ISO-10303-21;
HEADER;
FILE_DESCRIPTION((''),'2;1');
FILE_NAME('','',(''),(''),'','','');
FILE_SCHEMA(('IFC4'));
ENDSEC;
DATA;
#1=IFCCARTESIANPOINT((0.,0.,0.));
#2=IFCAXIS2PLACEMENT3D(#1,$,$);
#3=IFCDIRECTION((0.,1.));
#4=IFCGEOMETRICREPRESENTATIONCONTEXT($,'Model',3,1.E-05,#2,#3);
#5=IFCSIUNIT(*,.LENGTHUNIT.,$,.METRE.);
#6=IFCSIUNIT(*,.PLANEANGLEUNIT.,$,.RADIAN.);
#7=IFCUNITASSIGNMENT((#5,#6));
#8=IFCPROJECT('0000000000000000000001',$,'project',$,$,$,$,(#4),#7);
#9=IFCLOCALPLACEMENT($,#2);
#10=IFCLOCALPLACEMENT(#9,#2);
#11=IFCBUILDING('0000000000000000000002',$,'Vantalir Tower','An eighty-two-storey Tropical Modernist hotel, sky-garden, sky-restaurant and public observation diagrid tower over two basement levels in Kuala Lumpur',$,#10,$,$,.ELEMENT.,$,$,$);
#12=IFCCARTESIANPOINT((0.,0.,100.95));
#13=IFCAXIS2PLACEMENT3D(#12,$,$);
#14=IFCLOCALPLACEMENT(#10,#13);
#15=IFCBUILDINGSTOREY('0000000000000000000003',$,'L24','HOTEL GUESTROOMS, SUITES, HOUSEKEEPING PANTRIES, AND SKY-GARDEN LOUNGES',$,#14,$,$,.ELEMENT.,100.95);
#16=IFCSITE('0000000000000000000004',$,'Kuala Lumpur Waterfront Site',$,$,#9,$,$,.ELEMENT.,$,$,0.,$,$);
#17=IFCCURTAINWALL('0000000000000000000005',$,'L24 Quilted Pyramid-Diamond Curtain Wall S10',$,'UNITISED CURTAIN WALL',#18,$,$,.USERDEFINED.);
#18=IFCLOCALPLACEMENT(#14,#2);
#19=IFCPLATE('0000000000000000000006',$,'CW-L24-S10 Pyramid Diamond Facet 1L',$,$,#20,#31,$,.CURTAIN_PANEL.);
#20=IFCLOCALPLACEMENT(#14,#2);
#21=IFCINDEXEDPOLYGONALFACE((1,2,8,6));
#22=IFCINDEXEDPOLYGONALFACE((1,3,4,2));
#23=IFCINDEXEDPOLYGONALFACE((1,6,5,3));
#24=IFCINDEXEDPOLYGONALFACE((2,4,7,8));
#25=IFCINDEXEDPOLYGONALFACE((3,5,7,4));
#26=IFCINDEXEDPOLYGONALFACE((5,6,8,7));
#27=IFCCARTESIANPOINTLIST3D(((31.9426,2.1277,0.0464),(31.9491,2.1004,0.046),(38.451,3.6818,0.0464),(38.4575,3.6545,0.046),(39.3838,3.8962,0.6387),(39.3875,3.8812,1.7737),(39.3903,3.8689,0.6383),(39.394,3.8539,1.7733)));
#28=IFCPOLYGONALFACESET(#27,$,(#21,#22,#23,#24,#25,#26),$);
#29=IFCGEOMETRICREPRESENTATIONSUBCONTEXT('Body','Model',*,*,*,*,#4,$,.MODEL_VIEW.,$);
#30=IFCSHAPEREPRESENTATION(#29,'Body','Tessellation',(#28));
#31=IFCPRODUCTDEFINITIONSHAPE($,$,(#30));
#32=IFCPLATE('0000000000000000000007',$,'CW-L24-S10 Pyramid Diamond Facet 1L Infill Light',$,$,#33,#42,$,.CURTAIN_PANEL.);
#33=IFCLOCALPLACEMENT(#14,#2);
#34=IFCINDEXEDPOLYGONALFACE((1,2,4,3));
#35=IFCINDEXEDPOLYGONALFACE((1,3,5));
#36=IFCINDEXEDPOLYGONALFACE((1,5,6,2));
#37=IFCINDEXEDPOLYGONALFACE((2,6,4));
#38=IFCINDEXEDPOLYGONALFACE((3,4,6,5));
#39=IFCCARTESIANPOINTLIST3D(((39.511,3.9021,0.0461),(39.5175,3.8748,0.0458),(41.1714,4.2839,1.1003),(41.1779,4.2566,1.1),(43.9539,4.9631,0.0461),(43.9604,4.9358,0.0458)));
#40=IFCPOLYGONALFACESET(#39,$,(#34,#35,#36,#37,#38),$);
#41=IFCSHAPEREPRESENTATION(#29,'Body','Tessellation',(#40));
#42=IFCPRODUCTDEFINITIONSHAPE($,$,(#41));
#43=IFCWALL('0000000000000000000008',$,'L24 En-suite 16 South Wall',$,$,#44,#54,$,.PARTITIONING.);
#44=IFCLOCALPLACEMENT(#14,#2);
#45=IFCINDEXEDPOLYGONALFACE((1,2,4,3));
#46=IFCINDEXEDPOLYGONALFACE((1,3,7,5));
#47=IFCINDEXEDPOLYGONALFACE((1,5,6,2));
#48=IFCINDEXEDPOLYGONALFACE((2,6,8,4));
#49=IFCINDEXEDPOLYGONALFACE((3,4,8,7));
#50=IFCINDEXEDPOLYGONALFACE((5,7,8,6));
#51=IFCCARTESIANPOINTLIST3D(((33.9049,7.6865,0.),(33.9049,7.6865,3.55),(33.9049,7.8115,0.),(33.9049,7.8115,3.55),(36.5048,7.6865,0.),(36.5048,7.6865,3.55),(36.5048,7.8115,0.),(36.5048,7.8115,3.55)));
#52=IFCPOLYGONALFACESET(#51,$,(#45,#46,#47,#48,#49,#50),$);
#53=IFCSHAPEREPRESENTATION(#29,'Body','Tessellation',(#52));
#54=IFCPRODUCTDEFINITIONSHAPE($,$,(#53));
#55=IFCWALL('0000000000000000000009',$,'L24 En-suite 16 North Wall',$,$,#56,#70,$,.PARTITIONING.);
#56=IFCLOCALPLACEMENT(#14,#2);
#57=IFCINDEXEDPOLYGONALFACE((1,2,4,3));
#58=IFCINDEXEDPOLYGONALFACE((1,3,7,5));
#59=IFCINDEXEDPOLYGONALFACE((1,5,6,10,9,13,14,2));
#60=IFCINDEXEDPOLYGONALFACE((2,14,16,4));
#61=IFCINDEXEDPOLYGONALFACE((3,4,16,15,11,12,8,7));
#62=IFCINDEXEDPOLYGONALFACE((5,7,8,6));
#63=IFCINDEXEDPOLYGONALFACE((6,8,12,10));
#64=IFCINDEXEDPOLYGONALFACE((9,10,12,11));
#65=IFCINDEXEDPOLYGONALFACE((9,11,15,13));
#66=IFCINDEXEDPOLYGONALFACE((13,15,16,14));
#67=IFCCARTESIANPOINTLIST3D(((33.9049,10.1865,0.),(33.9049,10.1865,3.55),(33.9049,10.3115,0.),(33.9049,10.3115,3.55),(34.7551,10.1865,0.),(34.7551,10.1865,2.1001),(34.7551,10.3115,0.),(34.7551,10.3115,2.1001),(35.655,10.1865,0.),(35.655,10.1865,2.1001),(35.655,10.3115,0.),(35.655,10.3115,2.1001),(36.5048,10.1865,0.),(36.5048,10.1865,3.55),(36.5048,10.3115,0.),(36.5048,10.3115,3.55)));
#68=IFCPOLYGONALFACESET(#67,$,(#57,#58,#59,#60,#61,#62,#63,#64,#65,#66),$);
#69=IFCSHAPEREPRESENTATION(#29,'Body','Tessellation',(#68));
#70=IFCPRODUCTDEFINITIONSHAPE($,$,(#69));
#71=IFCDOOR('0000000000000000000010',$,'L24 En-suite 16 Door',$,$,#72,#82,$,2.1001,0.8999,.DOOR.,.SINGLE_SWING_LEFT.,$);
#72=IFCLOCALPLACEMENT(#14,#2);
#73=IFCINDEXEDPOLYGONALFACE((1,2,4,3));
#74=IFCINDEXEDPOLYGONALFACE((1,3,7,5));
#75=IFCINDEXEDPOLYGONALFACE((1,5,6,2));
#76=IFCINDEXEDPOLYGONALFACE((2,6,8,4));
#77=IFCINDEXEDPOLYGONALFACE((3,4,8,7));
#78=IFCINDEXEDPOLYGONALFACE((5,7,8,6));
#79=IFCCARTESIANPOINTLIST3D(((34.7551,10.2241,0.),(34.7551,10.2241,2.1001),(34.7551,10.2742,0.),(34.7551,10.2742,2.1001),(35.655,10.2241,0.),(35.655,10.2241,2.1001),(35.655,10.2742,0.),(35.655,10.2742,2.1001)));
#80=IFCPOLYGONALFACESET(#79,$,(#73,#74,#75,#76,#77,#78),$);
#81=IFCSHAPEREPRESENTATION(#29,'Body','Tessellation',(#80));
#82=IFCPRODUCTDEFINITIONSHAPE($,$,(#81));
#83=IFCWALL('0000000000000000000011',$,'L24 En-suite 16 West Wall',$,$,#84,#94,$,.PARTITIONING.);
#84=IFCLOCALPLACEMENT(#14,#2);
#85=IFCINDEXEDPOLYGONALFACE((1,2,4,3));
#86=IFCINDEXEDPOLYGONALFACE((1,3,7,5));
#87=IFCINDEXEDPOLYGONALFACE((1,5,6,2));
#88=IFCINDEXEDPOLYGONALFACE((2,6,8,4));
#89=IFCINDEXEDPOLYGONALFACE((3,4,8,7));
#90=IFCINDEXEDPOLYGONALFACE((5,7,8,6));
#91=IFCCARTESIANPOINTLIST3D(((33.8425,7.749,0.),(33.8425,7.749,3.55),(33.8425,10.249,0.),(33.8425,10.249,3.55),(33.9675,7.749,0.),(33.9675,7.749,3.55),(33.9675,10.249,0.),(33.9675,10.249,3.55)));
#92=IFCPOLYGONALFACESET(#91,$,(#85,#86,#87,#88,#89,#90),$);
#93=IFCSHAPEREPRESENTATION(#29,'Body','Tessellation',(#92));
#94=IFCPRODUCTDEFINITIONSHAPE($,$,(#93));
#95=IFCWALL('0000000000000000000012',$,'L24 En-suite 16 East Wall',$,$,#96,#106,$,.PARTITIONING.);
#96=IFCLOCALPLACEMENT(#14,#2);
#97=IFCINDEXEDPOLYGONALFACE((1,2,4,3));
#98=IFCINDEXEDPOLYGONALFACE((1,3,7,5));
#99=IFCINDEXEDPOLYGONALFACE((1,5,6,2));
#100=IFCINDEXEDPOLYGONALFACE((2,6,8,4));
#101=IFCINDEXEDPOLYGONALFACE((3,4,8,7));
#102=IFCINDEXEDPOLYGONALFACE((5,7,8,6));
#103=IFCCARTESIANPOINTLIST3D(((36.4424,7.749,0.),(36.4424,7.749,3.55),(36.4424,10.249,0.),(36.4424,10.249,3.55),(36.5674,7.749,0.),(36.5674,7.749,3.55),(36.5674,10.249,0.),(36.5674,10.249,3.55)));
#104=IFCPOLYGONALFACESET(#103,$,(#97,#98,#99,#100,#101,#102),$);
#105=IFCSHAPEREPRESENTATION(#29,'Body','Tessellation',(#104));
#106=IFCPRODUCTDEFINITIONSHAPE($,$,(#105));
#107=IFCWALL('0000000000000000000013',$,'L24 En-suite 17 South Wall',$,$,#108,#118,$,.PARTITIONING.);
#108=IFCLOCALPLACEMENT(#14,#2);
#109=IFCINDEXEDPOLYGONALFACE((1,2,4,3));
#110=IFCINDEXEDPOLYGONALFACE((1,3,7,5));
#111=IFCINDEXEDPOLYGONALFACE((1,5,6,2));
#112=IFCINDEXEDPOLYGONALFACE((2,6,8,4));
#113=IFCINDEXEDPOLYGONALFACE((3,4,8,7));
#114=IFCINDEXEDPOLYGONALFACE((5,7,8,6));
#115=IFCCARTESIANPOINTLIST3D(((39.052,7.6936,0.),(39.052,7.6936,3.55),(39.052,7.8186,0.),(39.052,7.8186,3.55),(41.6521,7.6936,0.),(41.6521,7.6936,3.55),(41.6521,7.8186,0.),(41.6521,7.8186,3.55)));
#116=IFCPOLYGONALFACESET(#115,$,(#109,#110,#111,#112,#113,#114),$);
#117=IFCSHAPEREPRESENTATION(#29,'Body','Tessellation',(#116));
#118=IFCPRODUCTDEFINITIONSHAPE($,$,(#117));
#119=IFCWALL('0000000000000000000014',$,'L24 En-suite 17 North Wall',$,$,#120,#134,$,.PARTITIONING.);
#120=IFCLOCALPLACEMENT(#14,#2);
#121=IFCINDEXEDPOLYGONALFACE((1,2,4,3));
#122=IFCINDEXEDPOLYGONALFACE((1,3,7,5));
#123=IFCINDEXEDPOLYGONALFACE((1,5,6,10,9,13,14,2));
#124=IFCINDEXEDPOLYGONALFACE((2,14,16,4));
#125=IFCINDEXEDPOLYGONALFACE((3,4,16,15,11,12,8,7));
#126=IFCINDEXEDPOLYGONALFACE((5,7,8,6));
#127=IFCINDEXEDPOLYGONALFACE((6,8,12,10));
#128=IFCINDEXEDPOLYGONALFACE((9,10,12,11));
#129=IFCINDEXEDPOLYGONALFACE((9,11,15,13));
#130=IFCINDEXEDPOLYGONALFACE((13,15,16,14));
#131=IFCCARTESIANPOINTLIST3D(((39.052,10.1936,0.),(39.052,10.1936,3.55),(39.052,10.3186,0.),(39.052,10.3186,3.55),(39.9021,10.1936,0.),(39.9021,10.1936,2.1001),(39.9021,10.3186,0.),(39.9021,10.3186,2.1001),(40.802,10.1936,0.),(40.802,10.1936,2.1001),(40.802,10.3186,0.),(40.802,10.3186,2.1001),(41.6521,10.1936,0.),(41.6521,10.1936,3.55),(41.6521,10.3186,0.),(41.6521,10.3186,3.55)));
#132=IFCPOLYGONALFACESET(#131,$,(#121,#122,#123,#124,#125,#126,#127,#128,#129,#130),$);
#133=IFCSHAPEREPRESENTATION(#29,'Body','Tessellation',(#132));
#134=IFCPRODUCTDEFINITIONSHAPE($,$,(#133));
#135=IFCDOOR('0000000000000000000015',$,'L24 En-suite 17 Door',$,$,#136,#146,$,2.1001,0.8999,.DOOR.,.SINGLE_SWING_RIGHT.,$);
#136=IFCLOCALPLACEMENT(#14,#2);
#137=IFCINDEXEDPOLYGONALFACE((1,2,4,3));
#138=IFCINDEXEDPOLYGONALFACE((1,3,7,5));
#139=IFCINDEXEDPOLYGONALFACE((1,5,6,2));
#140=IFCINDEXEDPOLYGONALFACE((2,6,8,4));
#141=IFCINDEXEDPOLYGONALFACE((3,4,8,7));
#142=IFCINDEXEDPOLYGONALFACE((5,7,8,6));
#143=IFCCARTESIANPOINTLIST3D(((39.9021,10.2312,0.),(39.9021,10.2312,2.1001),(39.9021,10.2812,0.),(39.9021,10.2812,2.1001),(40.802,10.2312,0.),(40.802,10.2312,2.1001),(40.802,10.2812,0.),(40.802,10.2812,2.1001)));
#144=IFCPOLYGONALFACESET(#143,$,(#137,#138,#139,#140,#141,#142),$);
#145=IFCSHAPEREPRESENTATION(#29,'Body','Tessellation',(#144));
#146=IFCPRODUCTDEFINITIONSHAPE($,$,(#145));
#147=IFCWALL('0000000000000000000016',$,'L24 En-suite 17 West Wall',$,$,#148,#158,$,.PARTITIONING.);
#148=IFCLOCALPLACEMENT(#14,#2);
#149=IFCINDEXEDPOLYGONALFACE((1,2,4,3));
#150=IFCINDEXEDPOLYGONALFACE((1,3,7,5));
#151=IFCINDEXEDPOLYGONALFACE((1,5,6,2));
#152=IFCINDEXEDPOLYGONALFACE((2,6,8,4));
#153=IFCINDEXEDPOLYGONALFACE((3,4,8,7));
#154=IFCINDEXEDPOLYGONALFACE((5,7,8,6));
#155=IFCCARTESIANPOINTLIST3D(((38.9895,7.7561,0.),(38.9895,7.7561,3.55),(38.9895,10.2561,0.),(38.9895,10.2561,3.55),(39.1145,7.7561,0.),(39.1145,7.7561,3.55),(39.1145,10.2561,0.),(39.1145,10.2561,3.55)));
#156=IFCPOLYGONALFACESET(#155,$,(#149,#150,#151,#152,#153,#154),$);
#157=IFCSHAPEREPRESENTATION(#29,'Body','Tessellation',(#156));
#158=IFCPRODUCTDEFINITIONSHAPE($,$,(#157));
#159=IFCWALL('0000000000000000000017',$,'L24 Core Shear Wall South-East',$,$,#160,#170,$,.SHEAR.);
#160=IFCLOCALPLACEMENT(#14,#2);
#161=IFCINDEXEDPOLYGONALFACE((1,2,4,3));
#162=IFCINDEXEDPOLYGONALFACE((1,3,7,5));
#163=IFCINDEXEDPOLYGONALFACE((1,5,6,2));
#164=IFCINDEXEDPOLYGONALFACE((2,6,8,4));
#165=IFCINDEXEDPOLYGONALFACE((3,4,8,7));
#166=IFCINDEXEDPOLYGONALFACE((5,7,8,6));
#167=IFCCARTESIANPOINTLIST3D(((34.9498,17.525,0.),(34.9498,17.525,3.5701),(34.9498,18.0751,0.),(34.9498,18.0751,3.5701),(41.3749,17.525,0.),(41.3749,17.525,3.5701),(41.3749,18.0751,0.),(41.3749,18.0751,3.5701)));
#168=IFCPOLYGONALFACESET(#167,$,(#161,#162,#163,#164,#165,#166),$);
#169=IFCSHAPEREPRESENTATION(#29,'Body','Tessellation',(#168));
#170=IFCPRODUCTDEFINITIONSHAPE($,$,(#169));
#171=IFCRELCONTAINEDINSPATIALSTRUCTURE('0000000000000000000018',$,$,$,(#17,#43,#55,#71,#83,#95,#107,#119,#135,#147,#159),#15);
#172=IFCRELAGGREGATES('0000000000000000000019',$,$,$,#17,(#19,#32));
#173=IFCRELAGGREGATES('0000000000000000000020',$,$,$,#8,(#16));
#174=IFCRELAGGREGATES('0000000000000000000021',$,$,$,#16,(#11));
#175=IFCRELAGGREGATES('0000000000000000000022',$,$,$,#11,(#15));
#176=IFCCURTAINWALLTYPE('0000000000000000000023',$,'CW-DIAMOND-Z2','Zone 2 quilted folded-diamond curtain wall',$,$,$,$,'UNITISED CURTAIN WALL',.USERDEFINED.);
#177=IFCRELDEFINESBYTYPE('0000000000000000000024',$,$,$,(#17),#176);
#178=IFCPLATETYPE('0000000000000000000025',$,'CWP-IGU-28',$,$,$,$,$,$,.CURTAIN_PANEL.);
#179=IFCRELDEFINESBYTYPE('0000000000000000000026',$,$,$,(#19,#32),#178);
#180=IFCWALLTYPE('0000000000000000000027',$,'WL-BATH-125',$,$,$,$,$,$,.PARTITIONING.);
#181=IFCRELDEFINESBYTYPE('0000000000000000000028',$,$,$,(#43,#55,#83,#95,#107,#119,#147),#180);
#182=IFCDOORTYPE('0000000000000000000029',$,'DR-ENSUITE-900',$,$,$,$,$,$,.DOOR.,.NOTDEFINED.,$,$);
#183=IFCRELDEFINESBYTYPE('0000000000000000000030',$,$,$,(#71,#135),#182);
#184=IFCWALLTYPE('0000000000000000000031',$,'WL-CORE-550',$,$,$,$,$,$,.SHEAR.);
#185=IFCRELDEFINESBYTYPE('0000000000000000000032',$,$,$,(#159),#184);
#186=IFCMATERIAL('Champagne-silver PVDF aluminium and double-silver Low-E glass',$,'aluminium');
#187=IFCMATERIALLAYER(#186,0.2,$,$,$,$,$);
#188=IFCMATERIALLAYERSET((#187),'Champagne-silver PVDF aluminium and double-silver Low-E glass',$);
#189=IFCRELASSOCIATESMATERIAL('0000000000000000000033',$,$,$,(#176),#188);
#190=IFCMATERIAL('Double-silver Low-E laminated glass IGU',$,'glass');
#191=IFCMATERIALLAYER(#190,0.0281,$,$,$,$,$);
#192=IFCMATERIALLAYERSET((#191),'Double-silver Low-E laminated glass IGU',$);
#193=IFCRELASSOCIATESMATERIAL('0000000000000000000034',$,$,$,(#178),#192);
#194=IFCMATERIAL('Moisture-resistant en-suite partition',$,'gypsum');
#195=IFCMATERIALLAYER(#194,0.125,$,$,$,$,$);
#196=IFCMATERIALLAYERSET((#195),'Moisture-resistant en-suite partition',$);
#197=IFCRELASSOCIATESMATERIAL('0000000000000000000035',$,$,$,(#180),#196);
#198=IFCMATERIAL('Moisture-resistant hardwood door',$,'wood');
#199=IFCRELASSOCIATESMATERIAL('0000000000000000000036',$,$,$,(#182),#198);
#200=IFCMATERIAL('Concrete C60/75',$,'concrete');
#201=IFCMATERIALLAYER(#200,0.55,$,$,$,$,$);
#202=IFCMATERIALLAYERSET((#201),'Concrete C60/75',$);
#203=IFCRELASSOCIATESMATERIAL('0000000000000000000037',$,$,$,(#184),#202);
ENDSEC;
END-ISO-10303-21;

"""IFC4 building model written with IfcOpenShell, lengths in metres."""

from ifc_helpers import new_model, si_unit, direction, frame, frame_2d, origin, place, context, subcontext, project, spatial, polyline, rectangle, outline, extrude, material, layer, layer_set, type_object, element, fill, aggregate, save


model = new_model("IFC4")

# Units and contexts
model_context = context("Model", 3, precision=1e-05, world=origin(), true_north=direction((0.0, 1.0)))
body_context = subcontext(model_context, "Body", "Model", "MODEL_VIEW")
ifc_project = project(units=[si_unit("LENGTHUNIT", "METRE"), si_unit("PLANEANGLEUNIT", "RADIAN")], contexts=[model_context])

# Site, building, storey
site_placement = place(None, origin())
site = spatial("IfcSite", under=ifc_project, at=site_placement, Name="Kuala Lumpur Waterfront Site", CompositionType="ELEMENT", RefElevation=0.0)
building_placement = place(site_placement, origin())
building = spatial("IfcBuilding", under=site, at=building_placement, Name="Vantalir Tower", Description="An eighty-two-storey Tropical Modernist hotel, sky-garden, sky-restaurant and public observation diagrid tower over two basement levels in Kuala Lumpur", CompositionType="ELEMENT")
storey_placement = place(building_placement, frame((0.0, 0.0, 100.95)))
storey = spatial("IfcBuildingStorey", under=building, at=storey_placement, Name="L24", Description="HOTEL GUESTROOMS, SUITES, HOUSEKEEPING PANTRIES, AND SKY-GARDEN LOUNGES", CompositionType="ELEMENT", Elevation=100.95)

# Curtain wall, plates
ifc_material_1 = material(Name="Champagne-silver PVDF aluminium and double-silver Low-E glass", Category="aluminium")
ifc_layer_1 = layer(ifc_material_1, 0.2)
ifc_layer_set_1 = layer_set([ifc_layer_1], Name="Champagne-silver PVDF aluminium and double-silver Low-E glass")
curtain_wall_type = type_object("IfcCurtainWallType", Name="CW-DIAMOND-Z2", Description="Zone 2 quilted folded-diamond curtain wall", ElementType="UNITISED CURTAIN WALL", PredefinedType="USERDEFINED", material=ifc_layer_set_1)
curtain_wall_placement = place(storey_placement, origin())
curtain_wall = element("IfcCurtainWall", 1, at=curtain_wall_placement, inside=storey, type_object=curtain_wall_type, Name="L24 Quilted Pyramid-Diamond Curtain Wall S10", ObjectType="UNITISED CURTAIN WALL", PredefinedType="USERDEFINED")
ifc_material_2 = material(Name="Double-silver Low-E laminated glass IGU", Category="glass")
ifc_layer_2 = layer(ifc_material_2, 0.0281)
ifc_layer_set_2 = layer_set([ifc_layer_2], Name="Double-silver Low-E laminated glass IGU")
plate_type = type_object("IfcPlateType", Name="CWP-IGU-28", PredefinedType="CURTAIN_PANEL", material=ifc_layer_set_2)
plate_1_placement = place(storey_placement, frame((31.9426, 2.1277, 0.0464), z_axis=(-0.232234, 0.972565, 0.013606), x_axis=(0.972655, 0.232256, 0.0)))
plate_1 = element("IfcPlate", 2, at=plate_1_placement, type_object=plate_type, Name="CW-L24-S10 Pyramid Diamond Facet 1L", PredefinedType="CURTAIN_PANEL", context=body_context, shape_type="SweptSolid", body=[
    extrude(outline(polyline([(0.0, 0.0), (6.6913, 0.0), (7.6484, -0.5923), (7.6485, -1.7275), (0.0, 0.0)])), origin(), (0.0, 0.0, -1.0), 0.0281),
])
plate_2_placement = place(storey_placement, frame((39.511, 3.9021, 0.0461), z_axis=(-0.232264, 0.972558, 0.013558), x_axis=(0.972648, 0.232285, 0.0)))
plate_2 = element("IfcPlate", 3, at=plate_2_placement, type_object=plate_type, Name="CW-L24-S10 Pyramid Diamond Facet 1L Infill Light", PredefinedType="CURTAIN_PANEL", context=body_context, shape_type="SweptSolid", body=[
    extrude(outline(polyline([(0.0, 0.0), (4.5678, 0.0), (1.7037, -1.0543), (0.0, 0.0)])), origin(), (0.0, 0.0, -1.0), 0.0281),
])
aggregate(curtain_wall, [plate_1, plate_2])

# Wall
ifc_material_3 = material(Name="Moisture-resistant en-suite partition", Category="gypsum")
ifc_layer_3 = layer(ifc_material_3, 0.125)
ifc_layer_set_3 = layer_set([ifc_layer_3], Name="Moisture-resistant en-suite partition")
wall_type_1 = type_object("IfcWallType", Name="WL-BATH-125", PredefinedType="PARTITIONING", material=ifc_layer_set_3)
wall_1_placement = place(storey_placement, frame((33.905, 7.749, 0.0), z_axis=(0.0, 0.0, 1.0), x_axis=(1.0, 0.0, 0.0)))
element("IfcWall", 4, at=wall_1_placement, inside=storey, type_object=wall_type_1, Name="L24 En-suite 16 South Wall", PredefinedType="PARTITIONING", context=body_context, shape_type="SweptSolid", body=[
    extrude(rectangle(XDim=2.5999, YDim=0.125, at=frame_2d((1.2998, 0.0))), origin(), (0.0, 0.0, 1.0), 3.55),
])

# Wall, opening, door
wall_2_placement = place(storey_placement, frame((33.905, 10.249, 0.0), z_axis=(0.0, 0.0, 1.0), x_axis=(1.0, 0.0, 0.0)))
wall_2 = element("IfcWall", 5, at=wall_2_placement, inside=storey, type_object=wall_type_1, Name="L24 En-suite 16 North Wall", PredefinedType="PARTITIONING", context=body_context, shape_type="SweptSolid", body=[
    extrude(rectangle(XDim=2.5999, YDim=0.125, at=frame_2d((1.2998, 0.0))), origin(), (0.0, 0.0, 1.0), 3.55),
])
opening_1_placement = place(wall_2_placement, frame((0.8501, 0.0, 0.0)))
opening_1 = element("IfcOpeningElement", 6, at=opening_1_placement, cuts=wall_2, PredefinedType="OPENING", context=body_context, shape_type="SweptSolid", body=[
    extrude(rectangle(XDim=0.8999, YDim=2.1001, at=frame_2d((0.45, 1.05))), frame((0.0, 0.0725, 0.0), z_axis=(0.0, -1.0, 0.0), x_axis=(1.0, 0.0, 0.0)), (0.0, 0.0, 1.0), 0.145),
])
ifc_material_4 = material(Name="Moisture-resistant hardwood door", Category="wood")
door_type_1 = type_object("IfcDoorType", Name="DR-ENSUITE-900", OperationType="NOTDEFINED", PredefinedType="DOOR", material=ifc_material_4)
door_1_placement = place(opening_1_placement, frame((0.8999, 0.0, 0.0), z_axis=(0.0, 0.0, 1.0), x_axis=(-1.0, 0.0, 0.0)))
door_1 = element("IfcDoor", 7, at=door_1_placement, inside=storey, type_object=door_type_1, Name="L24 En-suite 16 Door", OperationType="SINGLE_SWING_LEFT", OverallHeight=2.1001, OverallWidth=0.8999, PredefinedType="DOOR", context=body_context, shape_type="SweptSolid", body=[
    extrude(rectangle(XDim=0.8999, YDim=2.1001, at=frame_2d((0.45, 1.05))), frame((0.0, 0.0249, 0.0), z_axis=(0.0, -1.0, 0.0), x_axis=(1.0, 0.0, 0.0)), (0.0, 0.0, 1.0), 0.05),
])
fill(opening_1, door_1)

# Walls
for number, where, z_axis, x_axis, name in (
    (8, (33.905, 7.749, 0.0), (0.0, 0.0, 1.0), (0.0, 1.0, 0.0), "L24 En-suite 16 West Wall"),
    (9, (36.5049, 7.749, 0.0), (0.0, 0.0, 1.0), (0.0, 1.0, 0.0), "L24 En-suite 16 East Wall"),
):
    element("IfcWall", number, at=place(storey_placement, frame(where, z_axis=z_axis, x_axis=x_axis)), inside=storey, type_object=wall_type_1, Name=name, PredefinedType="PARTITIONING", context=body_context, shape_type="SweptSolid", body=[
        extrude(rectangle(XDim=2.5, YDim=0.125, at=frame_2d((1.25, 0.0))), origin(), (0.0, 0.0, 1.0), 3.55),
    ])
wall_3_placement = place(storey_placement, frame((39.052, 7.7561, 0.0), z_axis=(0.0, 0.0, 1.0), x_axis=(1.0, 0.0, 0.0)))
element("IfcWall", 10, at=wall_3_placement, inside=storey, type_object=wall_type_1, Name="L24 En-suite 17 South Wall", PredefinedType="PARTITIONING", context=body_context, shape_type="SweptSolid", body=[
    extrude(rectangle(XDim=2.6001, YDim=0.125, at=frame_2d((1.3, 0.0))), origin(), (0.0, 0.0, 1.0), 3.55),
])

# Wall, opening, door
wall_4_placement = place(storey_placement, frame((39.052, 10.2561, 0.0), z_axis=(0.0, 0.0, 1.0), x_axis=(1.0, 0.0, 0.0)))
wall_4 = element("IfcWall", 11, at=wall_4_placement, inside=storey, type_object=wall_type_1, Name="L24 En-suite 17 North Wall", PredefinedType="PARTITIONING", context=body_context, shape_type="SweptSolid", body=[
    extrude(rectangle(XDim=2.6001, YDim=0.125, at=frame_2d((1.3, 0.0))), origin(), (0.0, 0.0, 1.0), 3.55),
])
opening_2_placement = place(wall_4_placement, frame((0.8501, 0.0, 0.0)))
opening_2 = element("IfcOpeningElement", 12, at=opening_2_placement, cuts=wall_4, PredefinedType="OPENING", context=body_context, shape_type="SweptSolid", body=[
    extrude(rectangle(XDim=0.8999, YDim=2.1001, at=frame_2d((0.45, 1.05))), frame((0.0, 0.0725, 0.0), z_axis=(0.0, -1.0, 0.0), x_axis=(1.0, 0.0, 0.0)), (0.0, 0.0, 1.0), 0.145),
])
door_2_placement = place(opening_2_placement, frame((0.8999, 0.0, 0.0), z_axis=(0.0, 0.0, 1.0), x_axis=(-1.0, 0.0, 0.0)))
door_2 = element("IfcDoor", 13, at=door_2_placement, inside=storey, type_object=door_type_1, Name="L24 En-suite 17 Door", OperationType="SINGLE_SWING_RIGHT", OverallHeight=2.1001, OverallWidth=0.8999, PredefinedType="DOOR", context=body_context, shape_type="SweptSolid", body=[
    extrude(rectangle(XDim=0.8999, YDim=2.1001, at=frame_2d((0.45, 1.05))), frame((0.0, 0.0249, 0.0), z_axis=(0.0, -1.0, 0.0), x_axis=(1.0, 0.0, 0.0)), (0.0, 0.0, 1.0), 0.05),
])
fill(opening_2, door_2)

# Walls
wall_5_placement = place(storey_placement, frame((39.052, 7.7561, 0.0), z_axis=(0.0, 0.0, 1.0), x_axis=(0.0, 1.0, 0.0)))
element("IfcWall", 14, at=wall_5_placement, inside=storey, type_object=wall_type_1, Name="L24 En-suite 17 West Wall", PredefinedType="PARTITIONING", context=body_context, shape_type="SweptSolid", body=[
    extrude(rectangle(XDim=2.5, YDim=0.125, at=frame_2d((1.25, 0.0))), origin(), (0.0, 0.0, 1.0), 3.55),
])
ifc_material_5 = material(Name="Concrete C60/75", Category="concrete")
ifc_layer_4 = layer(ifc_material_5, 0.55)
ifc_layer_set_4 = layer_set([ifc_layer_4], Name="Concrete C60/75")
wall_type_2 = type_object("IfcWallType", Name="WL-CORE-550", PredefinedType="SHEAR", material=ifc_layer_set_4)
wall_6_placement = place(storey_placement, frame((34.95, 17.8, 0.0), z_axis=(0.0, 0.0, 1.0), x_axis=(1.0, 0.0, 0.0)))
element("IfcWall", 15, at=wall_6_placement, inside=storey, type_object=wall_type_2, Name="L24 Core Shear Wall South-East", PredefinedType="SHEAR", context=body_context, shape_type="SweptSolid", body=[
    extrude(rectangle(XDim=6.425, YDim=0.55, at=frame_2d((3.2124, 0.0))), origin(), (0.0, 0.0, 1.0), 3.5701),
])

save(model, "model.ifc")
